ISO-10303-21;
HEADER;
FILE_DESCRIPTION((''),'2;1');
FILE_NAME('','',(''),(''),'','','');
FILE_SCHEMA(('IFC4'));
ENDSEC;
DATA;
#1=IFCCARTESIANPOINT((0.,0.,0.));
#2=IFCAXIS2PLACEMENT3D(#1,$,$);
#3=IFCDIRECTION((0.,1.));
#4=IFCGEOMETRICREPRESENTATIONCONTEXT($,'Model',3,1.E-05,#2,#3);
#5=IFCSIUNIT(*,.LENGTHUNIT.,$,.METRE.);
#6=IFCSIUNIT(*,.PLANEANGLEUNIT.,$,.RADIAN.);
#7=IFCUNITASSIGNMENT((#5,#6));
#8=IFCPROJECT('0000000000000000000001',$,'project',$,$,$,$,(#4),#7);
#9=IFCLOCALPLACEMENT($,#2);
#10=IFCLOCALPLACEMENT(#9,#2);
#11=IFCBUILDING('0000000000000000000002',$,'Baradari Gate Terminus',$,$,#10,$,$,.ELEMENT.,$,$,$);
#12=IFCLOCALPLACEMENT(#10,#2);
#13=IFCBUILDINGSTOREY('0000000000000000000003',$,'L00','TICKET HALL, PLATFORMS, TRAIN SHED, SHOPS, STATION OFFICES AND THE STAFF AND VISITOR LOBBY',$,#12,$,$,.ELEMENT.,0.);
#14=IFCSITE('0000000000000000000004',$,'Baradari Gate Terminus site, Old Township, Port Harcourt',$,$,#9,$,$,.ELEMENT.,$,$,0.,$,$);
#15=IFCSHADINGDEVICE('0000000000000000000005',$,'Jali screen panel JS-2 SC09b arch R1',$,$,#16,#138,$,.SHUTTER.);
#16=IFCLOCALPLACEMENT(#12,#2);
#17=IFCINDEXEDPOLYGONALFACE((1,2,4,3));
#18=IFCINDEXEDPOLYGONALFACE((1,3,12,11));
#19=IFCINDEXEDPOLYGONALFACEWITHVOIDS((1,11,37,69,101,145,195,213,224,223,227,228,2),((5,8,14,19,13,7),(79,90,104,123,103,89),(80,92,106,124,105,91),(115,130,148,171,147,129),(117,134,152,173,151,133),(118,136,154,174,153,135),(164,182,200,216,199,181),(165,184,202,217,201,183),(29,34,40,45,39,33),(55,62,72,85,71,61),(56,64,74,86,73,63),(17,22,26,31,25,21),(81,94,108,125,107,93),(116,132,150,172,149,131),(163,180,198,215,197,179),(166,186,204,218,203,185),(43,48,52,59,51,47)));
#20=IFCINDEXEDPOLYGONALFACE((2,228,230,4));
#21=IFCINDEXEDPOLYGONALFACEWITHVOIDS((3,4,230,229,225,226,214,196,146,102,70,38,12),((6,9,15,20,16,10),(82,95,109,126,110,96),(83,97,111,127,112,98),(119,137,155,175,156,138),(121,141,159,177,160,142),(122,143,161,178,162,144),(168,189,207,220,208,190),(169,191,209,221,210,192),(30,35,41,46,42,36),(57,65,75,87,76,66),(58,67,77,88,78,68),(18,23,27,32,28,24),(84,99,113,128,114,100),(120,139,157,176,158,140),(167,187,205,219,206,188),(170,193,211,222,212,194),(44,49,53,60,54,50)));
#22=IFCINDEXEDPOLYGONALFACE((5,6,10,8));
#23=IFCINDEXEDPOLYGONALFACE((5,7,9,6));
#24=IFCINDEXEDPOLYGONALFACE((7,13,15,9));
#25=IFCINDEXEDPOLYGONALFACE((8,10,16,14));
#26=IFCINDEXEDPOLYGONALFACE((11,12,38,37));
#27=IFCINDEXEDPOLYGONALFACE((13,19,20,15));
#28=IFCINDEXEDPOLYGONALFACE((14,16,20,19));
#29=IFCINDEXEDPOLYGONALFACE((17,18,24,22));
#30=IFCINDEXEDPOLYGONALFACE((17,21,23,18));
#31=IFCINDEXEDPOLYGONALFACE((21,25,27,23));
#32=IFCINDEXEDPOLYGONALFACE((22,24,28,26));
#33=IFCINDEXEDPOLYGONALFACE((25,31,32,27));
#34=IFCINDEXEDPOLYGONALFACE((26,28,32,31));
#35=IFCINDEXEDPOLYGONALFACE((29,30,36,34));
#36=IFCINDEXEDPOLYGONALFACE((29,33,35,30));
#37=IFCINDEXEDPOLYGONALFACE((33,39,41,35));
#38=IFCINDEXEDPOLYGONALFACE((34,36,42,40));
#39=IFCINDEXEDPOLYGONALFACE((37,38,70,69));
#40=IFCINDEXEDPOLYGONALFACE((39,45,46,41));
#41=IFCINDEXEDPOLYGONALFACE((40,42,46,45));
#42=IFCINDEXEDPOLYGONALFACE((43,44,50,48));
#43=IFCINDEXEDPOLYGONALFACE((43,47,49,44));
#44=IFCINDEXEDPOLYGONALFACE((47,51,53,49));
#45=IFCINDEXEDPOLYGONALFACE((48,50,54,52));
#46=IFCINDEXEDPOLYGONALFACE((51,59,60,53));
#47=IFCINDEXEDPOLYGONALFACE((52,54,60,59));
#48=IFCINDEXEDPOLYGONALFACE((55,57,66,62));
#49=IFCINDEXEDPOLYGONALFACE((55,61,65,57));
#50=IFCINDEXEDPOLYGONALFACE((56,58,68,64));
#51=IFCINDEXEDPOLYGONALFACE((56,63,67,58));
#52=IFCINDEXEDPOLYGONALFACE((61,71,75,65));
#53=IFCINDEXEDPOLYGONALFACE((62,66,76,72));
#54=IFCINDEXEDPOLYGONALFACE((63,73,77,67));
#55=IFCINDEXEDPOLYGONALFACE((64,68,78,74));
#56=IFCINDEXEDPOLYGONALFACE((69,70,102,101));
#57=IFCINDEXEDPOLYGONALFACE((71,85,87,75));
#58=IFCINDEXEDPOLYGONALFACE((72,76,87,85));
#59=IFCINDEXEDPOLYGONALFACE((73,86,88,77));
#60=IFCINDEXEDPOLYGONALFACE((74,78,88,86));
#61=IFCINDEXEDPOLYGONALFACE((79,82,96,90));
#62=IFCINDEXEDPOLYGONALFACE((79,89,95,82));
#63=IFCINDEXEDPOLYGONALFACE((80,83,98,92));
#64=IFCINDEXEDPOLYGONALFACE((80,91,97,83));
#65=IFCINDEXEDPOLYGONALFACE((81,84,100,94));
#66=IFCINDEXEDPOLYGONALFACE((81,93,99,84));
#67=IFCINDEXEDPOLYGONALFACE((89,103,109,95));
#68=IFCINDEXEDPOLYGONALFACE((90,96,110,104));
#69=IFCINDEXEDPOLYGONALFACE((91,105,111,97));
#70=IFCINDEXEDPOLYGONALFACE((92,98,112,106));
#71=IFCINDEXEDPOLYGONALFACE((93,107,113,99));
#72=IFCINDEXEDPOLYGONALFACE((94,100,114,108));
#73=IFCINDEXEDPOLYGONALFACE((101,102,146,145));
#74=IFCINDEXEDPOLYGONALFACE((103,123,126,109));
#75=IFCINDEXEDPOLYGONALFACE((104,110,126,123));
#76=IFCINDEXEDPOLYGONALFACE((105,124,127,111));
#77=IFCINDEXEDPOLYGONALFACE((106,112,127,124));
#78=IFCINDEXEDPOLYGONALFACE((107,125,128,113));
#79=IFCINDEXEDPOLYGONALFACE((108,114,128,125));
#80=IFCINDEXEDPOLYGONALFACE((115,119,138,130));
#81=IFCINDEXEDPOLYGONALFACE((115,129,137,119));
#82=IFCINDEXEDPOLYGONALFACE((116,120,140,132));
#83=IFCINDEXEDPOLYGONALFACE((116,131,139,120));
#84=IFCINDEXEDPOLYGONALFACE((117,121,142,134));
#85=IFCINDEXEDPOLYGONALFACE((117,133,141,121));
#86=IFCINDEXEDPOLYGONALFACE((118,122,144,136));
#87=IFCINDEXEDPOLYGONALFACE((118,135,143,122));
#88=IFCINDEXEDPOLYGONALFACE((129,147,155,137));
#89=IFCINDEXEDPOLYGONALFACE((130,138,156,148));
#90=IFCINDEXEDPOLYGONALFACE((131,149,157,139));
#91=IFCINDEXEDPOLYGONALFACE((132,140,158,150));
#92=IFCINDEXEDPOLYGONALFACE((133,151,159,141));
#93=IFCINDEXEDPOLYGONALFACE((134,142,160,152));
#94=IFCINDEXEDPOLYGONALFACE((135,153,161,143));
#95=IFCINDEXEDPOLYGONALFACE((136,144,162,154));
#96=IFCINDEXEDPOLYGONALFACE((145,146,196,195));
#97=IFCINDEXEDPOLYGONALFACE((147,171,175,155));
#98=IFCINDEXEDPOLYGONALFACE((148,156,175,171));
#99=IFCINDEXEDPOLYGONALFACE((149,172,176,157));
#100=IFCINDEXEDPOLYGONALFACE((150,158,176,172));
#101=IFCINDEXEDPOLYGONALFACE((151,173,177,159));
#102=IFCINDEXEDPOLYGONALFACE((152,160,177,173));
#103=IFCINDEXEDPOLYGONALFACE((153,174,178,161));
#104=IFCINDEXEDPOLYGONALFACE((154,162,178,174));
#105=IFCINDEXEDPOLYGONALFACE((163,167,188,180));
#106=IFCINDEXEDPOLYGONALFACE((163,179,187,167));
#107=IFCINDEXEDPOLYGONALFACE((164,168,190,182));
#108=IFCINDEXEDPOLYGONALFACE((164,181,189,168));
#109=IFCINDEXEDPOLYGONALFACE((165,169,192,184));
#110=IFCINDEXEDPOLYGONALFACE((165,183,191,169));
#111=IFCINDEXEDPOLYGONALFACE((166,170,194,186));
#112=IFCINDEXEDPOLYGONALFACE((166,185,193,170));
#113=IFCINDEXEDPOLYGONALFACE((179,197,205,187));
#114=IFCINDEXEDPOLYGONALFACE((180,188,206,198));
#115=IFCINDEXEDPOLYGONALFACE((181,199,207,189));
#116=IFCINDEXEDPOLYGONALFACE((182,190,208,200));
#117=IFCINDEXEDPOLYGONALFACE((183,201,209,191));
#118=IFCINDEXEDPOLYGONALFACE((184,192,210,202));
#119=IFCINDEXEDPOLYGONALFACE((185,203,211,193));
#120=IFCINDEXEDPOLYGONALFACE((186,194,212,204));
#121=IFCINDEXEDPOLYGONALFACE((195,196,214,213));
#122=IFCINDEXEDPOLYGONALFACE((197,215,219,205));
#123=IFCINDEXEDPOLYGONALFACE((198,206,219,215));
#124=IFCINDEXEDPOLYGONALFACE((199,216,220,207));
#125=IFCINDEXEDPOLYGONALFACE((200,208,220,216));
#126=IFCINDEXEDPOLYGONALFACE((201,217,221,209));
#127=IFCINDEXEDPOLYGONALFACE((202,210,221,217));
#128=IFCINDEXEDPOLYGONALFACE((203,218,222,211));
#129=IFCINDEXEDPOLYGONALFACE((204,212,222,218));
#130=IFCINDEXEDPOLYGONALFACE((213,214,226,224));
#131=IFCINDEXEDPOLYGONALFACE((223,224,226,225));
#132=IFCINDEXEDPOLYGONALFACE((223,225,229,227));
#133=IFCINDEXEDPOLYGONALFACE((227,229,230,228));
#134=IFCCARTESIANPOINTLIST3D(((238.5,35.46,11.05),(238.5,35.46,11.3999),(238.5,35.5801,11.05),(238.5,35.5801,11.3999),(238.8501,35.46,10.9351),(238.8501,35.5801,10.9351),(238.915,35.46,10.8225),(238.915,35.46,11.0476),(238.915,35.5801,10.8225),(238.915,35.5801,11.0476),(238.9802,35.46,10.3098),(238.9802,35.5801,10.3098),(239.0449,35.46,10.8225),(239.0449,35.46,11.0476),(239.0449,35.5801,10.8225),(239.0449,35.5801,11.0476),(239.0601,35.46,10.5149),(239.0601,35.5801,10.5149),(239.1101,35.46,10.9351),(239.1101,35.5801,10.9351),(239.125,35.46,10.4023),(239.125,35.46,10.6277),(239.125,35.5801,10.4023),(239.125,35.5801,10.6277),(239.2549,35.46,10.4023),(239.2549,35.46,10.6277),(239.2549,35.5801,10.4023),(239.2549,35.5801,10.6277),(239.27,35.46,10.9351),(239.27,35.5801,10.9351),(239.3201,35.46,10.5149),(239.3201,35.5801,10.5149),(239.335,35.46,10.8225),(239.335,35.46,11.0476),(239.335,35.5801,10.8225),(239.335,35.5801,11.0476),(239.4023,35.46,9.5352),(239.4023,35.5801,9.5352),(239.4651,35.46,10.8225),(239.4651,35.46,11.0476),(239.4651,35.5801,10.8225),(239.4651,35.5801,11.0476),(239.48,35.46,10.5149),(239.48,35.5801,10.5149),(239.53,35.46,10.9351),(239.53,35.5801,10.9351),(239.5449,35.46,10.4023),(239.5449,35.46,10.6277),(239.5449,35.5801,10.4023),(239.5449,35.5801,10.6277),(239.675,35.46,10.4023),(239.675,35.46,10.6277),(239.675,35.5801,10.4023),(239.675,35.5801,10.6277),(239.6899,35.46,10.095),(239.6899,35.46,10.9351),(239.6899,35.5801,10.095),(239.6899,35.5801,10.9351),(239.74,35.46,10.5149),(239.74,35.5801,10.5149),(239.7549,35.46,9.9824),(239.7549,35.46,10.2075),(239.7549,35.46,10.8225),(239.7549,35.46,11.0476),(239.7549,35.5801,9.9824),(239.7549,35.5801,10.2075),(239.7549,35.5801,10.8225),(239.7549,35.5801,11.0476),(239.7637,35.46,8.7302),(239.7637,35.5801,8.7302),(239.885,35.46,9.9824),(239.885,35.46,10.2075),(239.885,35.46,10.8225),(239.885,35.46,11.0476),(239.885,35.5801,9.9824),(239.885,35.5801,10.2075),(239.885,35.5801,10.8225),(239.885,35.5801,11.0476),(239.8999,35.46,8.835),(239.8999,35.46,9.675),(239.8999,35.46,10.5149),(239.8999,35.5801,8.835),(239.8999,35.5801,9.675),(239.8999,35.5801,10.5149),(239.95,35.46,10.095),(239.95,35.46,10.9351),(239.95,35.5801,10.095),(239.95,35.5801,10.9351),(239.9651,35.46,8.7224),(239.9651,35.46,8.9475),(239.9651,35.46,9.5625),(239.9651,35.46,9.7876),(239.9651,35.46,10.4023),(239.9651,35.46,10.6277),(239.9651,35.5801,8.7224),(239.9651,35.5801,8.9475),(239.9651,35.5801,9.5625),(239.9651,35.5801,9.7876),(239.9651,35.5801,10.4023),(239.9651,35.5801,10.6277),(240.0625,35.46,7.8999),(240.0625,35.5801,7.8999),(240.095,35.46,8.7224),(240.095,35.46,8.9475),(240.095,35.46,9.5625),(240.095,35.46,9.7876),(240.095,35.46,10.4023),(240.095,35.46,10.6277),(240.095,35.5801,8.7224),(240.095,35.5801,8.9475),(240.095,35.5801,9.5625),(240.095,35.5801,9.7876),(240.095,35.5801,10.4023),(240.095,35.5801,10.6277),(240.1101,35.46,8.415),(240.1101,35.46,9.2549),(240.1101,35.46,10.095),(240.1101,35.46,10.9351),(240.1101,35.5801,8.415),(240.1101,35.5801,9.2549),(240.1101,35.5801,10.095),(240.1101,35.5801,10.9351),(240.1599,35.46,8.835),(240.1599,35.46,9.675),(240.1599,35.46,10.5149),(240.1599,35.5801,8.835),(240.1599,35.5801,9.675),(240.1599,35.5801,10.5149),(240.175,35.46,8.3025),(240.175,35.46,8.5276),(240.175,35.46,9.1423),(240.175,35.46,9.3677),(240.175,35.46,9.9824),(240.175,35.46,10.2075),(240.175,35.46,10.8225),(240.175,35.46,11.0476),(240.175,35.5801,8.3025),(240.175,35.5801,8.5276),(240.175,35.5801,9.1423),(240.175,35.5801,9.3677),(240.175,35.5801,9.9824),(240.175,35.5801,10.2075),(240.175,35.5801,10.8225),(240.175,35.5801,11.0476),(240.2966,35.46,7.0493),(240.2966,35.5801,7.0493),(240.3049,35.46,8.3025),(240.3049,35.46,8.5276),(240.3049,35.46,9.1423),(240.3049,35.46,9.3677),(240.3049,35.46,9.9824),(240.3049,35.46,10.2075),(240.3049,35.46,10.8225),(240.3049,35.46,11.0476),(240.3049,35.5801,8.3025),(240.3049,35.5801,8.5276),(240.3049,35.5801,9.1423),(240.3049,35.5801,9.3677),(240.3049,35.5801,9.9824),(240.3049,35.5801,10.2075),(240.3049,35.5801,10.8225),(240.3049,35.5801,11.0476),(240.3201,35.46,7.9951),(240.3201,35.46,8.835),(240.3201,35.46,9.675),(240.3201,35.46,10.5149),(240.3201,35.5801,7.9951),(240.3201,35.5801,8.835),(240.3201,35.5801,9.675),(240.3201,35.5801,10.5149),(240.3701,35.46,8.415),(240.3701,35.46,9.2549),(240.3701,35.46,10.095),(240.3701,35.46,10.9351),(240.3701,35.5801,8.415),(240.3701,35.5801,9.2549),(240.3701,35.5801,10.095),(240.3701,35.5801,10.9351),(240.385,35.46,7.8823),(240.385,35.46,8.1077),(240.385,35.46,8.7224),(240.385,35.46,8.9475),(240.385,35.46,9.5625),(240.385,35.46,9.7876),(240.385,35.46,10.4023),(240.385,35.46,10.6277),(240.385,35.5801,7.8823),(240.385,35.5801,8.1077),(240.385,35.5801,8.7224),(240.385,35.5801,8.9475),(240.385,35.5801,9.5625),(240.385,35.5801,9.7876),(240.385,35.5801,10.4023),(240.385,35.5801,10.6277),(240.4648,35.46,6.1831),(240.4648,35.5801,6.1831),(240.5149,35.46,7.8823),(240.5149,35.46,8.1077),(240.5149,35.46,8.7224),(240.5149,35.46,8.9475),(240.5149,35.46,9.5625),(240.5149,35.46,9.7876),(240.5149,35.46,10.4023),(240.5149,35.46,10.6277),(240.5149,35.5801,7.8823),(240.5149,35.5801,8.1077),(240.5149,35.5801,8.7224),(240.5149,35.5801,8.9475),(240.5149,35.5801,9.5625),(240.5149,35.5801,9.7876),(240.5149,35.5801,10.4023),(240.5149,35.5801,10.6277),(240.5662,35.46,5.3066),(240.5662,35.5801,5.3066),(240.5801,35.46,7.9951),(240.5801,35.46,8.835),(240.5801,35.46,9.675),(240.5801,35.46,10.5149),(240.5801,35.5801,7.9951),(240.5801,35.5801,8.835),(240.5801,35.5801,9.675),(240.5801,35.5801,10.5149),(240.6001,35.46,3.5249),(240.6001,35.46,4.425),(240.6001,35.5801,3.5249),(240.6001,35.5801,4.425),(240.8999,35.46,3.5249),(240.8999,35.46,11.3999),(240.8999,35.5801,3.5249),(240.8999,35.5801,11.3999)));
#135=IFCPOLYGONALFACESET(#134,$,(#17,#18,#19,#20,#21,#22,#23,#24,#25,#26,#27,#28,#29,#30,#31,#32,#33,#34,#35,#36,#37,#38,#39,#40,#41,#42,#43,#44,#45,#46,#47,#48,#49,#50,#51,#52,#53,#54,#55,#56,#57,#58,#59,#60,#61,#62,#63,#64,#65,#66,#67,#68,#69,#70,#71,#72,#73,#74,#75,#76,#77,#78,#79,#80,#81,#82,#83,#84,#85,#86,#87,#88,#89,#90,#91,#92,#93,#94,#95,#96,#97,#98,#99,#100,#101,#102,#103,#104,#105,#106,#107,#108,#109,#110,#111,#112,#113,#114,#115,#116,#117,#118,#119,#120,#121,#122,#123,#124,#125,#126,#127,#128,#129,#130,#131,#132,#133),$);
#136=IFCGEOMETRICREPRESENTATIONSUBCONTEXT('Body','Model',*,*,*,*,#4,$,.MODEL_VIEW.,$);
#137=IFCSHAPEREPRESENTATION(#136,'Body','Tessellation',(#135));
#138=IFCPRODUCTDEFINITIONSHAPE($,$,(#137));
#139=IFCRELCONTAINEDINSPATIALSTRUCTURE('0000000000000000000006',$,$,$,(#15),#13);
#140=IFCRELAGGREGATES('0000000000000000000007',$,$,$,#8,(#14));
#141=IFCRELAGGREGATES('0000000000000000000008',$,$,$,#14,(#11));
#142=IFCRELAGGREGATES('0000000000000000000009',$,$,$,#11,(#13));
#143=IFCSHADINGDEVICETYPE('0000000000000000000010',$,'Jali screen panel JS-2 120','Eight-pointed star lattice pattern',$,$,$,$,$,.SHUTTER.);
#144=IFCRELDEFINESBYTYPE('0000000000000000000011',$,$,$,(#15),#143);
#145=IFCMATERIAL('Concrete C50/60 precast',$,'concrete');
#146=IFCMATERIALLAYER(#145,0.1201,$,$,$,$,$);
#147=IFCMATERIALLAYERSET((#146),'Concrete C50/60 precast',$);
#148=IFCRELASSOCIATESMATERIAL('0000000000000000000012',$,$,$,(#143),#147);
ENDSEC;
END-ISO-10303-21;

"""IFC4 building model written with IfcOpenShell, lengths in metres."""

from ifc_helpers import new_model, si_unit, direction, frame, origin, place, context, subcontext, project, spatial, polyline, outline, extrude, material, layer, layer_set, type_object, element, save


model = new_model("IFC4")

# Units and contexts
model_context = context("Model", 3, precision=1e-05, world=origin(), true_north=direction((0.0, 1.0)))
body_context = subcontext(model_context, "Body", "Model", "MODEL_VIEW")
ifc_project = project(units=[si_unit("LENGTHUNIT", "METRE"), si_unit("PLANEANGLEUNIT", "RADIAN")], contexts=[model_context])

# Site, building, storey
site_placement = place(None, origin())
site = spatial("IfcSite", under=ifc_project, at=site_placement, Name="Baradari Gate Terminus site, Old Township, Port Harcourt", CompositionType="ELEMENT", RefElevation=0.0)
building_placement = place(site_placement, origin())
building = spatial("IfcBuilding", under=site, at=building_placement, Name="Baradari Gate Terminus", CompositionType="ELEMENT")
storey_placement = place(building_placement, origin())
storey = spatial("IfcBuildingStorey", under=building, at=storey_placement, Name="L00", Description="TICKET HALL, PLATFORMS, TRAIN SHED, SHOPS, STATION OFFICES AND THE STAFF AND VISITOR LOBBY", CompositionType="ELEMENT", Elevation=0.0)

# Shading device
ifc_material_1 = material(Name="Concrete C50/60 precast", Category="concrete")
ifc_layer_1 = layer(ifc_material_1, 0.1201)
ifc_layer_set_1 = layer_set([ifc_layer_1], Name="Concrete C50/60 precast")
shading_device_type = type_object("IfcShadingDeviceType", Name="Jali screen panel JS-2 120", Description="Eight-pointed star lattice pattern", PredefinedType="SHUTTER", material=ifc_layer_set_1)
shading_device_1_placement = place(storey_placement, frame((238.5, 35.52, 3.5249), z_axis=(0.0, 0.0, 1.0), x_axis=(1.0, 0.0, 0.0)))
element("IfcShadingDevice", 1, at=shading_device_1_placement, inside=storey, type_object=shading_device_type, Name="Jali screen panel JS-2 SC09b arch R1", PredefinedType="SHUTTER", context=body_context, shape_type="SweptSolid", body=[
    extrude(outline(polyline([(0.0, 7.875), (0.0, 7.5251), (0.4802, 6.7849), (0.9023, 6.0103), (1.2637, 5.2053), (1.5625, 4.375), (1.7966, 3.5244), (1.9648, 2.6582), (2.0662, 1.7817), (2.1001, 0.9001), (2.1001, 0.0), (2.3999, 0.0), (2.3999, 7.875), (0.0, 7.875)]), holes=[polyline([(2.0801, 4.4702), (2.0149, 4.3574), (1.885, 4.3574), (1.8201, 4.4702), (1.885, 4.5828), (2.0149, 4.5828), (2.0801, 4.4702)]), polyline([(1.8701, 4.8901), (1.8049, 4.7776), (1.675, 4.7776), (1.6101, 4.8901), (1.675, 5.0027), (1.8049, 5.0027), (1.8701, 4.8901)]), polyline([(1.6599, 5.3101), (1.595, 5.1975), (1.4651, 5.1975), (1.3999, 5.3101), (1.4651, 5.4226), (1.595, 5.4226), (1.6599, 5.3101)]), polyline([(2.0801, 5.3101), (2.0149, 5.1975), (1.885, 5.1975), (1.8201, 5.3101), (1.885, 5.4226), (2.0149, 5.4226), (2.0801, 5.3101)]), polyline([(1.8701, 5.73), (1.8049, 5.6174), (1.675, 5.6174), (1.6101, 5.73), (1.675, 5.8428), (1.8049, 5.8428), (1.8701, 5.73)]), polyline([(1.6599, 6.1501), (1.595, 6.0376), (1.4651, 6.0376), (1.3999, 6.1501), (1.4651, 6.2627), (1.595, 6.2627), (1.6599, 6.1501)]), polyline([(2.0801, 6.1501), (2.0149, 6.0376), (1.885, 6.0376), (1.8201, 6.1501), (1.885, 6.2627), (2.0149, 6.2627), (2.0801, 6.1501)]), polyline([(1.45, 6.5701), (1.385, 6.4575), (1.2549, 6.4575), (1.1899, 6.5701), (1.2549, 6.6826), (1.385, 6.6826), (1.45, 6.5701)]), polyline([(1.8701, 6.5701), (1.8049, 6.4575), (1.675, 6.4575), (1.6101, 6.5701), (1.675, 6.6826), (1.8049, 6.6826), (1.8701, 6.5701)]), polyline([(0.8201, 6.99), (0.7549, 6.8774), (0.625, 6.8774), (0.5601, 6.99), (0.625, 7.1028), (0.7549, 7.1028), (0.8201, 6.99)]), polyline([(1.24, 6.99), (1.175, 6.8774), (1.0449, 6.8774), (0.98, 6.99), (1.0449, 7.1028), (1.175, 7.1028), (1.24, 6.99)]), polyline([(1.6599, 6.99), (1.595, 6.8774), (1.4651, 6.8774), (1.3999, 6.99), (1.4651, 7.1028), (1.595, 7.1028), (1.6599, 6.99)]), polyline([(2.0801, 6.99), (2.0149, 6.8774), (1.885, 6.8774), (1.8201, 6.99), (1.885, 7.1028), (2.0149, 7.1028), (2.0801, 6.99)]), polyline([(0.6101, 7.4102), (0.5449, 7.2976), (0.415, 7.2976), (0.3501, 7.4102), (0.415, 7.5227), (0.5449, 7.5227), (0.6101, 7.4102)]), polyline([(1.03, 7.4102), (0.9651, 7.2976), (0.835, 7.2976), (0.77, 7.4102), (0.835, 7.5227), (0.9651, 7.5227), (1.03, 7.4102)]), polyline([(1.45, 7.4102), (1.385, 7.2976), (1.2549, 7.2976), (1.1899, 7.4102), (1.2549, 7.5227), (1.385, 7.5227), (1.45, 7.4102)]), polyline([(1.8701, 7.4102), (1.8049, 7.2976), (1.675, 7.2976), (1.6101, 7.4102), (1.675, 7.5227), (1.8049, 7.5227), (1.8701, 7.4102)])]), frame((0.0, 0.0601, 0.0), z_axis=(0.0, -1.0, 0.0), x_axis=(1.0, 0.0, 0.0)), (0.0, 0.0, 1.0), 0.1201),
])

save(model, "model.ifc")
